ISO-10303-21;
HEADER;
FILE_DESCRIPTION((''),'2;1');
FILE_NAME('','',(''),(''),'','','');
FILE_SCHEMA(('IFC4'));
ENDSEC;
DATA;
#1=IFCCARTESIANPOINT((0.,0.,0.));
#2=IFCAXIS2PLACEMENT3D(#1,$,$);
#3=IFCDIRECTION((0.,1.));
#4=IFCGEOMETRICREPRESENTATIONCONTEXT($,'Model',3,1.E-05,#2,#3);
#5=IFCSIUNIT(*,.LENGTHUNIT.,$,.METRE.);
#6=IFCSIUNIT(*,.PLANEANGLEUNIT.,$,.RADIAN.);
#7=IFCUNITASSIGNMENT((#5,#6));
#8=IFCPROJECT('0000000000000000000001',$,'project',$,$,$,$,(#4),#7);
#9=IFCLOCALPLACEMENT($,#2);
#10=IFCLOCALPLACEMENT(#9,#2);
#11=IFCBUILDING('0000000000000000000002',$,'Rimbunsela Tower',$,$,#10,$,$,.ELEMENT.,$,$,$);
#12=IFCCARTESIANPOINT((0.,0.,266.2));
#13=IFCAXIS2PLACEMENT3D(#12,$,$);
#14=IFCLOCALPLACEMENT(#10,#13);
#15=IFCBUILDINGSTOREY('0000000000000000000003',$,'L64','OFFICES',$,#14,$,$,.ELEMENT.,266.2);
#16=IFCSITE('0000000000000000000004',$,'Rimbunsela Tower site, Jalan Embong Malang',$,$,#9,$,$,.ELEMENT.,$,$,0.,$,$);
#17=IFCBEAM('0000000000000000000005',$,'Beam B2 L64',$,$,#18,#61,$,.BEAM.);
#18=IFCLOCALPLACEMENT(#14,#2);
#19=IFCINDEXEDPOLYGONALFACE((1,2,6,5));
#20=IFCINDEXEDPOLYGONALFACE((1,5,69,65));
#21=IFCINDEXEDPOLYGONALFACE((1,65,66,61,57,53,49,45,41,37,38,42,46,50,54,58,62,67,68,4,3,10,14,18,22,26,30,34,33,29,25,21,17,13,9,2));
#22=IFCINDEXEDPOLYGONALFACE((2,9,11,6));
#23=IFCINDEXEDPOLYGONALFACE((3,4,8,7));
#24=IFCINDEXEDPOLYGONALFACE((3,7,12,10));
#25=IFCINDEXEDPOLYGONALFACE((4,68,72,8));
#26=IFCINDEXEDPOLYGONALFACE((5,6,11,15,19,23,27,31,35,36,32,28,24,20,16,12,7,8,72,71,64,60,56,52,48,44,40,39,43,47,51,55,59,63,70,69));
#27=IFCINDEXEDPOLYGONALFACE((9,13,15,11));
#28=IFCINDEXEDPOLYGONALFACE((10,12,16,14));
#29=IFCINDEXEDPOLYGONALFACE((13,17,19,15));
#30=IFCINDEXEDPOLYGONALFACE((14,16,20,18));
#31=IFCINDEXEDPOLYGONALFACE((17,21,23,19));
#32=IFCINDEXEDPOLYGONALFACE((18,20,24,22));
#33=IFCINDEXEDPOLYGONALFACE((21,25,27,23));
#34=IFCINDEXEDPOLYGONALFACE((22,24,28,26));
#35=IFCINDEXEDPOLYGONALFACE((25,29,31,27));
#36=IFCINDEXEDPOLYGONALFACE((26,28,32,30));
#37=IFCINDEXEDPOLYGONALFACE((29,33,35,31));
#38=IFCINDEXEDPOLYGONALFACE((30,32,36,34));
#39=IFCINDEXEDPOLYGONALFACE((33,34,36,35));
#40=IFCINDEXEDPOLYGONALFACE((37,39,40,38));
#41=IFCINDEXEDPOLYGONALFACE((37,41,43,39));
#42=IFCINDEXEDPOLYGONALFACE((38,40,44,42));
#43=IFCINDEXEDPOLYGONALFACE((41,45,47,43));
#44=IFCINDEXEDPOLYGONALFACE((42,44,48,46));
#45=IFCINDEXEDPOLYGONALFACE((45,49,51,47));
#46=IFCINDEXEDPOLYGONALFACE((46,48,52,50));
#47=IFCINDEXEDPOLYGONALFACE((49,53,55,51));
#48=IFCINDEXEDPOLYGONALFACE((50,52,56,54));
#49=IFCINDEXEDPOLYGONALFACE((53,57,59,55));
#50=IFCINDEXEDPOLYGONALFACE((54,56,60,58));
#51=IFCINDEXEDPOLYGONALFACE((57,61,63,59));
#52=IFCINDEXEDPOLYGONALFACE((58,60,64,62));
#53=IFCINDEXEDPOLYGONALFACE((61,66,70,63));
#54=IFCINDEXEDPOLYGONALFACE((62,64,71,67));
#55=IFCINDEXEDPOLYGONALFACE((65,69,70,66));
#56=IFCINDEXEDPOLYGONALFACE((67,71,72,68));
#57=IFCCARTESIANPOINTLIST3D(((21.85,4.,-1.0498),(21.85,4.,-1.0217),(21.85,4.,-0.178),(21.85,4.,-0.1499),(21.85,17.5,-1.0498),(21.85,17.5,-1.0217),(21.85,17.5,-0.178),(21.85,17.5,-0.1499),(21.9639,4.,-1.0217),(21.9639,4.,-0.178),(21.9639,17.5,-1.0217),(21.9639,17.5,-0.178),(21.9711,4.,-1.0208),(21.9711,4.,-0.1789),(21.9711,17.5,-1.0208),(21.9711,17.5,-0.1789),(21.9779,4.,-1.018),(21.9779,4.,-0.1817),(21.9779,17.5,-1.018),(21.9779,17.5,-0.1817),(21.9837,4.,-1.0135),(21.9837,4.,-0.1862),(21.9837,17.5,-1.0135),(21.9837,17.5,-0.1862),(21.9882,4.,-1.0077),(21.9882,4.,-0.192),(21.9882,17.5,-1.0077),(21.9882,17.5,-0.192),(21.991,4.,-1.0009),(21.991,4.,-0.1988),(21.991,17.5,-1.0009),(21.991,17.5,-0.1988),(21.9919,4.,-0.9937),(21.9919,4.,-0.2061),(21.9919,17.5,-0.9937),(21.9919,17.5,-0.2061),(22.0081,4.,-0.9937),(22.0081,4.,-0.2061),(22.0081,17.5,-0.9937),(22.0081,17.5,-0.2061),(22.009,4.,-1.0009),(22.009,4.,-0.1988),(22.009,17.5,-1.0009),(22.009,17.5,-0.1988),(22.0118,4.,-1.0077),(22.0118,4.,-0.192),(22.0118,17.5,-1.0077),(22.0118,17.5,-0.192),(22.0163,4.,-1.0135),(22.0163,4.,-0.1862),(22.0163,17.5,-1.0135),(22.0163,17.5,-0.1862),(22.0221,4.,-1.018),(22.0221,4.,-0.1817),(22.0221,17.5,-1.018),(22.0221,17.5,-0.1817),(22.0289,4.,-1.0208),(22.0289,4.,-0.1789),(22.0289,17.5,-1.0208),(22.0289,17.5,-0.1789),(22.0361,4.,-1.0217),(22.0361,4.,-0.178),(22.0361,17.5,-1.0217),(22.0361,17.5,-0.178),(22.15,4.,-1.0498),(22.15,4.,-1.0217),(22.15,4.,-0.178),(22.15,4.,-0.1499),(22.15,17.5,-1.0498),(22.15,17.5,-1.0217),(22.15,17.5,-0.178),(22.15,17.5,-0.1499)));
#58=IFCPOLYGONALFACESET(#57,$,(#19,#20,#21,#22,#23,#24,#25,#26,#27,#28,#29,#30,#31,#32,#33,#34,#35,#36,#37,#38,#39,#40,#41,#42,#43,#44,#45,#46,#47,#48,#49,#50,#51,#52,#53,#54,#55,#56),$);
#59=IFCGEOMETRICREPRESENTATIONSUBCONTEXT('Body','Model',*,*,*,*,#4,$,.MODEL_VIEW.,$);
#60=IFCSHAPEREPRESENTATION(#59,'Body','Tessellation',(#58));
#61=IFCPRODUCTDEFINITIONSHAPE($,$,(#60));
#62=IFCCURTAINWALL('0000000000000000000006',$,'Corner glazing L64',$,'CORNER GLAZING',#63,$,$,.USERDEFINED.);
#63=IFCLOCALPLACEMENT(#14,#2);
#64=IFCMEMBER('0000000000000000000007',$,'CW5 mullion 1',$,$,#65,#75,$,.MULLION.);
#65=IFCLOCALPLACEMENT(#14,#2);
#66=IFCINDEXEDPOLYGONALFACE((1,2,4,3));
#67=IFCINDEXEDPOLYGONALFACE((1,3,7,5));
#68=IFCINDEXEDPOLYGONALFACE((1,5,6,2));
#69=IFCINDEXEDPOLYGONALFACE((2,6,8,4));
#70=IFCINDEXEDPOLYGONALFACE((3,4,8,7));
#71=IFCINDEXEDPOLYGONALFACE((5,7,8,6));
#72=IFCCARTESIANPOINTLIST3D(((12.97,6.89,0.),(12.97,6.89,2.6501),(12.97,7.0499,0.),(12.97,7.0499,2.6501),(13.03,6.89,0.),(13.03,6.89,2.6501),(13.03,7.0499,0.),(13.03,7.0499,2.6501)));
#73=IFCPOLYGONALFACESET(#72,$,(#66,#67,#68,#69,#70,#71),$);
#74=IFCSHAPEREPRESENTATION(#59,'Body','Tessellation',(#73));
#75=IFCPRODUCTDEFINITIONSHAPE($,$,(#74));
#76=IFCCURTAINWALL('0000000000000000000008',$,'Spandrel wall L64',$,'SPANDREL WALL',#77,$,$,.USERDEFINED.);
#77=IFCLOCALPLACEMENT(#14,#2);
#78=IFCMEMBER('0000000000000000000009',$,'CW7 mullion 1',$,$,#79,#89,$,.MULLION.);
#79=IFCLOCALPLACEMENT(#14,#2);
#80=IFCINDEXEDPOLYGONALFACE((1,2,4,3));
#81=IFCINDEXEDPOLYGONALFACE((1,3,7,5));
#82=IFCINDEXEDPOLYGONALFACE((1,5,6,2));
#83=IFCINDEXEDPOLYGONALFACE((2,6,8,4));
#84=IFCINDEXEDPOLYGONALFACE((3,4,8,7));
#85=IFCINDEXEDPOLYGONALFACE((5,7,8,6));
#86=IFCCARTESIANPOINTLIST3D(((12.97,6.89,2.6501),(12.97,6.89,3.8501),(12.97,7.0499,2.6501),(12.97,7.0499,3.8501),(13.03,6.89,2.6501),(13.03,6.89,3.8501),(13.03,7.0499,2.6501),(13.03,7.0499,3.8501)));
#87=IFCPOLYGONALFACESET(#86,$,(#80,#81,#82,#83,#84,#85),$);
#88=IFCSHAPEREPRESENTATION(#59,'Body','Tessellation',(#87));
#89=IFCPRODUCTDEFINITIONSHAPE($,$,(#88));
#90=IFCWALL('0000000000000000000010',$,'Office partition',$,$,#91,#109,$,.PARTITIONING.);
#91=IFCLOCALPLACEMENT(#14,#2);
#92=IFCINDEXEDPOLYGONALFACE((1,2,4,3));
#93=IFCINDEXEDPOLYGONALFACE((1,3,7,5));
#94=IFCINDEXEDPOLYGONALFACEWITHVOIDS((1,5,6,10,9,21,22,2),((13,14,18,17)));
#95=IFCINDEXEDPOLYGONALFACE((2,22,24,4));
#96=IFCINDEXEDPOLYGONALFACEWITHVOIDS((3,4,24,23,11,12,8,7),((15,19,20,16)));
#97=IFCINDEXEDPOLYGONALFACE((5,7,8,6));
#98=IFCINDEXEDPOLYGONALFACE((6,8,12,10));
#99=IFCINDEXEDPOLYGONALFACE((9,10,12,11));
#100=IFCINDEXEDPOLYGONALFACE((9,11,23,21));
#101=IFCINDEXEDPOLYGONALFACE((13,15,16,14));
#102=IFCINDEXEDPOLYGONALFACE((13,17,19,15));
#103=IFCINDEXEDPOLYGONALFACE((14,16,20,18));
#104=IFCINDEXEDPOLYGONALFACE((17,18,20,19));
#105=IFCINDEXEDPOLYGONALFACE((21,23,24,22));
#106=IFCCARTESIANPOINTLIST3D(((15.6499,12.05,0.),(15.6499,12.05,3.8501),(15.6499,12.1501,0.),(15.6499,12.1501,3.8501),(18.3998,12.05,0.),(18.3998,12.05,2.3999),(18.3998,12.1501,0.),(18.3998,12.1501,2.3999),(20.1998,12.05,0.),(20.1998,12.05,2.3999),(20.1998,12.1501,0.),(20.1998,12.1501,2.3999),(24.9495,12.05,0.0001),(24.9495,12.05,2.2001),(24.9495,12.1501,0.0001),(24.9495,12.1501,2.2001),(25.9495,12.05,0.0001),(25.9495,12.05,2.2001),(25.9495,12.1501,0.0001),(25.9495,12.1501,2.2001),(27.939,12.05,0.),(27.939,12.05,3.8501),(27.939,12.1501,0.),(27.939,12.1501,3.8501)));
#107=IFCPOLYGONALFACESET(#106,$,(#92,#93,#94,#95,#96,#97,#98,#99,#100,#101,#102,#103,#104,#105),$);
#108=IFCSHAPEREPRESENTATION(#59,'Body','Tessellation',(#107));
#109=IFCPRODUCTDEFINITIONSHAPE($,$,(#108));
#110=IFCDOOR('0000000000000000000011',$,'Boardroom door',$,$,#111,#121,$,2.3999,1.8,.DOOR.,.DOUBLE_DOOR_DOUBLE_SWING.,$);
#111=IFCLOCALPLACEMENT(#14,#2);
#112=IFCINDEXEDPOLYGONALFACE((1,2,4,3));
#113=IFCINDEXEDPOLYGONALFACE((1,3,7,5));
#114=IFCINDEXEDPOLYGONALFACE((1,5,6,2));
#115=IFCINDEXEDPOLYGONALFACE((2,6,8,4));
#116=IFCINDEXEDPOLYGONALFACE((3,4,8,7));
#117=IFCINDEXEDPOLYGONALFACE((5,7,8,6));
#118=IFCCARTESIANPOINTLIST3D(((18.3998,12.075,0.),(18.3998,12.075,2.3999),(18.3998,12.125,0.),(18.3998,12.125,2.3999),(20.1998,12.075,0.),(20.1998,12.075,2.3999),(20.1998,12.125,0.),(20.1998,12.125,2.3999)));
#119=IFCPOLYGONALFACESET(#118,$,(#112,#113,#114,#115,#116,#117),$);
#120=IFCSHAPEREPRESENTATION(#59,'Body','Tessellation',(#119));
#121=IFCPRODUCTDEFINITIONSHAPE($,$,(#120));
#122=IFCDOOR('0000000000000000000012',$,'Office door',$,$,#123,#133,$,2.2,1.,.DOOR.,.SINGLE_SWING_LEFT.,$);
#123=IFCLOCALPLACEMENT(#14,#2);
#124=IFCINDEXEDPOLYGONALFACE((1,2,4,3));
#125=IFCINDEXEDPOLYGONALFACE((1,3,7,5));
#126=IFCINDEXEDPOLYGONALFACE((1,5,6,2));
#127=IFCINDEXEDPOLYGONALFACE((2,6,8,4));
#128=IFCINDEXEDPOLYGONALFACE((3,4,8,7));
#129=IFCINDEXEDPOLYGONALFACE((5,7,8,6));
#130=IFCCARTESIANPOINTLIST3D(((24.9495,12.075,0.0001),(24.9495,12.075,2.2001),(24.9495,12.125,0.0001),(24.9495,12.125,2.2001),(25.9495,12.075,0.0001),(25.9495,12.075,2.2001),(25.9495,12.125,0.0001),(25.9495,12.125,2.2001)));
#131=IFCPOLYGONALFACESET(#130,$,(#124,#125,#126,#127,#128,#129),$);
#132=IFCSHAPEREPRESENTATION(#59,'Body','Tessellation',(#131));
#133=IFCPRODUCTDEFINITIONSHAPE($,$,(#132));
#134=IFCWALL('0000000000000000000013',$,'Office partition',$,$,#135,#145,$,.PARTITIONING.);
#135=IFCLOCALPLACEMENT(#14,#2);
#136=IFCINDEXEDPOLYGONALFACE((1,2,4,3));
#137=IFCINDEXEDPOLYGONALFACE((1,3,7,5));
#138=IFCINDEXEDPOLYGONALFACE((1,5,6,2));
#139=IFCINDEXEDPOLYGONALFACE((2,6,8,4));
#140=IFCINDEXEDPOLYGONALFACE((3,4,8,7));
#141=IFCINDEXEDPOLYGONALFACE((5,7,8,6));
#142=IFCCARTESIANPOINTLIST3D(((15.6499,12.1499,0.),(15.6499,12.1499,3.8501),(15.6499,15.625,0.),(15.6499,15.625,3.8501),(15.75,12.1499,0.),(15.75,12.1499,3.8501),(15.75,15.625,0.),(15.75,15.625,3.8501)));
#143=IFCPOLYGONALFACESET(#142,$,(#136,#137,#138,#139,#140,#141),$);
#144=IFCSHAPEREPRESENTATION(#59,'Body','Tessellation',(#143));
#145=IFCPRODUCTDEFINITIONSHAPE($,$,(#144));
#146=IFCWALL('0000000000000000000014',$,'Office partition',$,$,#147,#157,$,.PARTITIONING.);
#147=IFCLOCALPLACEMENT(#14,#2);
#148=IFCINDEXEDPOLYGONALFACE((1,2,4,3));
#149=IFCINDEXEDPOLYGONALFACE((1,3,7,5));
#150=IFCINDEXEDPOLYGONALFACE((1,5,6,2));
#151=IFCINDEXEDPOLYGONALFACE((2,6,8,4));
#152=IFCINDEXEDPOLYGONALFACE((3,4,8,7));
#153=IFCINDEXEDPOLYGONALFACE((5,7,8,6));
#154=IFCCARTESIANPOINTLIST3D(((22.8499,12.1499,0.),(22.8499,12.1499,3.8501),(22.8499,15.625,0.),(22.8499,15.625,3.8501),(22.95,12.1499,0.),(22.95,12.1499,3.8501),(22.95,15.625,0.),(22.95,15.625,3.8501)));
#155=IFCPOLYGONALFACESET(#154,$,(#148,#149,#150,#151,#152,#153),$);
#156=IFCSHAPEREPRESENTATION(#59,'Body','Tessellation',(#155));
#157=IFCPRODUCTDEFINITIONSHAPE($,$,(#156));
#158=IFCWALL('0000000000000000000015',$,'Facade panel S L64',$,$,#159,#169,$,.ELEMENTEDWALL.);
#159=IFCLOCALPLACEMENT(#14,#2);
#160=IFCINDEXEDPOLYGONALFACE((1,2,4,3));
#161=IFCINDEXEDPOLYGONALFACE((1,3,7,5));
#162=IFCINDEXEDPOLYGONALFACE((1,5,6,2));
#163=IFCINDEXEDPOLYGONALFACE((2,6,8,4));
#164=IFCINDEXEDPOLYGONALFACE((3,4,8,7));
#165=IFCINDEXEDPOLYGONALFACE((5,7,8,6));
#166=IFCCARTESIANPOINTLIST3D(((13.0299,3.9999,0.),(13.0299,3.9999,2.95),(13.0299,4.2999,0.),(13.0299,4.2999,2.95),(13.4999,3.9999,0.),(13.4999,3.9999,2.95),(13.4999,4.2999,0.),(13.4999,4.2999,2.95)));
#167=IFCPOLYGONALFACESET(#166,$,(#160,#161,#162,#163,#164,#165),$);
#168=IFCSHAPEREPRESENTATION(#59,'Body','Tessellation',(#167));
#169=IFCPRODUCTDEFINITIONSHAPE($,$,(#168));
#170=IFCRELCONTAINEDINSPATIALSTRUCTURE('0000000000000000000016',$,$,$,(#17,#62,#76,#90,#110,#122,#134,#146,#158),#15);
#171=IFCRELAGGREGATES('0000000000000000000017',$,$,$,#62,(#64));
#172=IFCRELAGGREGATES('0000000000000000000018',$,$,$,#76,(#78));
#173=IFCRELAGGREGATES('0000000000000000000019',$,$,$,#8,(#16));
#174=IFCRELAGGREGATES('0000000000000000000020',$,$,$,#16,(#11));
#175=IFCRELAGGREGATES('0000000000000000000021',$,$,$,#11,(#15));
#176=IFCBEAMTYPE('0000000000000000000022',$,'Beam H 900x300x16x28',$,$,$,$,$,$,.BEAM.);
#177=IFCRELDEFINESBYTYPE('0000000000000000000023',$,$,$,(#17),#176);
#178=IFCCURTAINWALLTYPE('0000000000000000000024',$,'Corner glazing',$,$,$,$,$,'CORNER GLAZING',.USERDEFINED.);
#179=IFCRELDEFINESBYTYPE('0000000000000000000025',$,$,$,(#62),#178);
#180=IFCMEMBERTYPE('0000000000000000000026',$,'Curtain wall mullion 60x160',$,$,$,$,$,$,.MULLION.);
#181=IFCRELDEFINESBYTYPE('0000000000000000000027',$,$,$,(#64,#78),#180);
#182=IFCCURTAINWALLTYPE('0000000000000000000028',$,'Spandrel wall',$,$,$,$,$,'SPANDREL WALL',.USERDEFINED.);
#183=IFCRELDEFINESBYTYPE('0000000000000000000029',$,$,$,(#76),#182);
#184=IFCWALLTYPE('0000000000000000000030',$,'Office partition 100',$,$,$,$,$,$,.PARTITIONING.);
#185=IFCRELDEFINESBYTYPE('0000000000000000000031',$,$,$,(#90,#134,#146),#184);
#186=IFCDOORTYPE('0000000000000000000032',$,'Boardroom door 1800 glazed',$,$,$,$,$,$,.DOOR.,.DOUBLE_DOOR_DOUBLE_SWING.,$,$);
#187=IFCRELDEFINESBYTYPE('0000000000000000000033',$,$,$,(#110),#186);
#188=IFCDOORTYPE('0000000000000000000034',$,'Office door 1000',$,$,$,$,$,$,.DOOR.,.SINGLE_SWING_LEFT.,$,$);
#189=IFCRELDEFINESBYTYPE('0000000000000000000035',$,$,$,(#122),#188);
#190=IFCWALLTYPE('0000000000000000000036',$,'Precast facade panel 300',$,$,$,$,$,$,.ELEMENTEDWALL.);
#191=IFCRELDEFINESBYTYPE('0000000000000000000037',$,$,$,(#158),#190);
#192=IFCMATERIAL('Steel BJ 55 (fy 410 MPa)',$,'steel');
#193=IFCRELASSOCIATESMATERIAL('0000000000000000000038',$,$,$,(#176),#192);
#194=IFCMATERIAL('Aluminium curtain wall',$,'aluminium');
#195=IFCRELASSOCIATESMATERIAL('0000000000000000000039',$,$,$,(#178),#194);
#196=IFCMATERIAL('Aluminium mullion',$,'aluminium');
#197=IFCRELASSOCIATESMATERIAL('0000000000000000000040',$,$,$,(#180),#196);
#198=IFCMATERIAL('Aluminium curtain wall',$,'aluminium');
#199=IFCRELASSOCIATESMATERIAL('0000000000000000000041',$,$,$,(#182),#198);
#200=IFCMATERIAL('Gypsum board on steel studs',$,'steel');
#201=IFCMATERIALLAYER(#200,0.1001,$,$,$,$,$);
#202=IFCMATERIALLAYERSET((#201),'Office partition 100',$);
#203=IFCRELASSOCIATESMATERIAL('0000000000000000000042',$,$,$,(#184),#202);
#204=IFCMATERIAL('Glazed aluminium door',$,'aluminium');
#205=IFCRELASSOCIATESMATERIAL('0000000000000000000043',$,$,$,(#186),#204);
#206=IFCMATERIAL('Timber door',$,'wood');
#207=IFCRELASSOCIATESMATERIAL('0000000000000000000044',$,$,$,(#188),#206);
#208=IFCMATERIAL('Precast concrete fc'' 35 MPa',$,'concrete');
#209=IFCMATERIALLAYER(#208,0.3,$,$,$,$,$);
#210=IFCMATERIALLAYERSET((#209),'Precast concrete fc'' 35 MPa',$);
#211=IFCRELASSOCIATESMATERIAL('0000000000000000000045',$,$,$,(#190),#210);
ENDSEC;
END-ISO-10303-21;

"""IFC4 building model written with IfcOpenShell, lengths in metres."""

from ifc_helpers import new_model, si_unit, direction, frame, frame_2d, origin, origin_2d, place, context, subcontext, project, spatial, rectangle, i_section, extrude, material, layer, layer_set, material_profile, profile_set, type_object, element, fill, aggregate, save


model = new_model("IFC4")

# Units and contexts
model_context = context("Model", 3, precision=1e-05, world=origin(), true_north=direction((0.0, 1.0)))
body_context = subcontext(model_context, "Body", "Model", "MODEL_VIEW")
ifc_project = project(units=[si_unit("LENGTHUNIT", "METRE"), si_unit("PLANEANGLEUNIT", "RADIAN")], contexts=[model_context])

# Site, building, storey
site_placement = place(None, origin())
site = spatial("IfcSite", under=ifc_project, at=site_placement, Name="Rimbunsela Tower site, Jalan Embong Malang", CompositionType="ELEMENT", RefElevation=0.0)
building_placement = place(site_placement, origin())
building = spatial("IfcBuilding", under=site, at=building_placement, Name="Rimbunsela Tower", CompositionType="ELEMENT")
storey_placement = place(building_placement, frame((0.0, 0.0, 266.2)))
storey = spatial("IfcBuildingStorey", under=building, at=storey_placement, Name="L64", Description="OFFICES", CompositionType="ELEMENT", Elevation=266.2)

# Beam
ifc_material_1 = material(Name="Steel BJ 55 (fy 410 MPa)", Category="steel")
ifc_material_profile_1 = material_profile(ifc_material_1, i_section(OverallWidth=0.3, OverallDepth=0.8999, WebThickness=0.0161, FlangeThickness=0.0281, FilletRadius=0.0281, at=origin_2d()), Name="H 900x300x16x28")
ifc_profile_set_1 = profile_set([ifc_material_profile_1], Name="Steel BJ 55 (fy 410 MPa)")
beam_type_1 = type_object("IfcBeamType", Name="Beam H 900x300x16x28", PredefinedType="BEAM", material=ifc_profile_set_1)
for number, where, z_axis, x_axis, name in (
    (1, (22.0, 4.0, -0.5999), (0.0, 1.0, 0.0), (-1.0, 0.0, 0.0), "Beam B2 L64"),
):
    element("IfcBeam", number, at=place(storey_placement, frame(where, z_axis=z_axis, x_axis=x_axis)), inside=storey, type_object=beam_type_1, Name=name, PredefinedType="BEAM", context=body_context, shape_type="SweptSolid", body=[
        extrude(i_section(OverallWidth=0.3, OverallDepth=0.8999, WebThickness=0.0161, FlangeThickness=0.0281, FilletRadius=0.0281, at=origin_2d()), origin(), (0.0, 0.0, 1.0), 13.5),
    ])

# Curtain walls, members
ifc_material_2 = material(Name="Aluminium curtain wall", Category="aluminium")
curtain_wall_type_1 = type_object("IfcCurtainWallType", Name="Corner glazing", ElementType="CORNER GLAZING", PredefinedType="USERDEFINED", material=ifc_material_2)
curtain_wall_1_placement = place(storey_placement, origin())
curtain_wall_1 = element("IfcCurtainWall", 2, at=curtain_wall_1_placement, inside=storey, type_object=curtain_wall_type_1, Name="Corner glazing L64", ObjectType="CORNER GLAZING", PredefinedType="USERDEFINED")
ifc_material_3 = material(Name="Aluminium mullion", Category="aluminium")
ifc_material_profile_2 = material_profile(ifc_material_3, rectangle(XDim=0.0601, YDim=0.1599, at=origin_2d()), Name="Mullion 60x160")
ifc_profile_set_2 = profile_set([ifc_material_profile_2], Name="Aluminium mullion")
member_type = type_object("IfcMemberType", Name="Curtain wall mullion 60x160", PredefinedType="MULLION", material=ifc_profile_set_2)
member_1_placement = place(storey_placement, frame((13.0, 6.97, 0.0), z_axis=(0.0, 0.0, 1.0), x_axis=(1.0, 0.0, 0.0)))
member_1 = element("IfcMember", 3, at=member_1_placement, type_object=member_type, Name="CW5 mullion 1", PredefinedType="MULLION", context=body_context, shape_type="SweptSolid", body=[
    extrude(rectangle(XDim=0.0601, YDim=0.1599, at=origin_2d()), origin(), (0.0, 0.0, 1.0), 2.6501),
])
aggregate(curtain_wall_1, [member_1])
ifc_material_4 = material(Name="Aluminium curtain wall", Category="aluminium")
curtain_wall_type_2 = type_object("IfcCurtainWallType", Name="Spandrel wall", ElementType="SPANDREL WALL", PredefinedType="USERDEFINED", material=ifc_material_4)
curtain_wall_2_placement = place(storey_placement, origin())
curtain_wall_2 = element("IfcCurtainWall", 4, at=curtain_wall_2_placement, inside=storey, type_object=curtain_wall_type_2, Name="Spandrel wall L64", ObjectType="SPANDREL WALL", PredefinedType="USERDEFINED")
member_2_placement = place(storey_placement, frame((13.0, 6.97, 2.6501), z_axis=(0.0, 0.0, 1.0), x_axis=(1.0, 0.0, 0.0)))
member_2 = element("IfcMember", 5, at=member_2_placement, type_object=member_type, Name="CW7 mullion 1", PredefinedType="MULLION", context=body_context, shape_type="SweptSolid", body=[
    extrude(rectangle(XDim=0.0601, YDim=0.1599, at=origin_2d()), origin(), (0.0, 0.0, 1.0), 1.2),
])
aggregate(curtain_wall_2, [member_2])

# Wall, openings, doors
ifc_material_5 = material(Name="Gypsum board on steel studs", Category="steel")
ifc_layer_1 = layer(ifc_material_5, 0.1001)
ifc_layer_set_1 = layer_set([ifc_layer_1], Name="Office partition 100")
wall_type_1 = type_object("IfcWallType", Name="Office partition 100", PredefinedType="PARTITIONING", material=ifc_layer_set_1)
wall_1_placement = place(storey_placement, frame((15.6499, 12.1001, 0.0), z_axis=(0.0, 0.0, 1.0), x_axis=(1.0, 0.0, 0.0)))
wall_1 = element("IfcWall", 6, at=wall_1_placement, inside=storey, type_object=wall_type_1, Name="Office partition", PredefinedType="PARTITIONING", context=body_context, shape_type="SweptSolid", body=[
    extrude(rectangle(XDim=12.2891, YDim=0.1001, at=frame_2d((6.1445, 0.0))), origin(), (0.0, 0.0, 1.0), 3.8501),
])
opening_1_placement = place(wall_1_placement, frame((2.75, 0.0, 0.0)))
opening_1 = element("IfcOpeningElement", 7, at=opening_1_placement, cuts=wall_1, PredefinedType="OPENING", context=body_context, shape_type="SweptSolid", body=[
    extrude(rectangle(XDim=1.8, YDim=2.3999, at=frame_2d((0.8999, 1.2))), frame((0.0, 0.0601, 0.0), z_axis=(0.0, -1.0, 0.0), x_axis=(1.0, 0.0, 0.0)), (0.0, 0.0, 1.0), 0.1201),
])
opening_2_placement = place(wall_1_placement, frame((9.2996, 0.0, 0.0)))
opening_2 = element("IfcOpeningElement", 8, at=opening_2_placement, cuts=wall_1, PredefinedType="OPENING", context=body_context, shape_type="SweptSolid", body=[
    extrude(rectangle(XDim=1.0, YDim=2.2, at=frame_2d((0.5, 1.1001))), frame((0.0, 0.0601, 0.0), z_axis=(0.0, -1.0, 0.0), x_axis=(1.0, 0.0, 0.0)), (0.0, 0.0, 1.0), 0.1201),
])
ifc_material_6 = material(Name="Glazed aluminium door", Category="aluminium")
door_type_1 = type_object("IfcDoorType", Name="Boardroom door 1800 glazed", OperationType="DOUBLE_DOOR_DOUBLE_SWING", PredefinedType="DOOR", material=ifc_material_6)
door_1_placement = place(opening_1_placement, origin())
door_1 = element("IfcDoor", 9, at=door_1_placement, inside=storey, type_object=door_type_1, Name="Boardroom door", OperationType="DOUBLE_DOOR_DOUBLE_SWING", OverallHeight=2.3999, OverallWidth=1.8, PredefinedType="DOOR", context=body_context, shape_type="SweptSolid", body=[
    extrude(rectangle(XDim=1.8, YDim=2.3999, at=frame_2d((0.8999, 1.2))), frame((0.0, 0.0249, 0.0), z_axis=(0.0, -1.0, 0.0), x_axis=(1.0, 0.0, 0.0)), (0.0, 0.0, 1.0), 0.05),
])
fill(opening_1, door_1)
ifc_material_7 = material(Name="Timber door", Category="wood")
door_type_2 = type_object("IfcDoorType", Name="Office door 1000", OperationType="SINGLE_SWING_LEFT", PredefinedType="DOOR", material=ifc_material_7)
door_2_placement = place(opening_2_placement, origin())
door_2 = element("IfcDoor", 10, at=door_2_placement, inside=storey, type_object=door_type_2, Name="Office door", OperationType="SINGLE_SWING_LEFT", OverallHeight=2.2, OverallWidth=1.0, PredefinedType="DOOR", context=body_context, shape_type="SweptSolid", body=[
    extrude(rectangle(XDim=1.0, YDim=2.2, at=frame_2d((0.5, 1.1001))), frame((0.0, 0.0249, 0.0), z_axis=(0.0, -1.0, 0.0), x_axis=(1.0, 0.0, 0.0)), (0.0, 0.0, 1.0), 0.05),
])
fill(opening_2, door_2)

# Walls
for number, where, z_axis, x_axis, name in (
    (11, (15.7, 12.1499, 0.0), (0.0, 0.0, 1.0), (0.0, 1.0, 0.0), "Office partition"),
    (12, (22.8999, 12.1499, 0.0), (0.0, 0.0, 1.0), (0.0, 1.0, 0.0), "Office partition"),
):
    element("IfcWall", number, at=place(storey_placement, frame(where, z_axis=z_axis, x_axis=x_axis)), inside=storey, type_object=wall_type_1, Name=name, PredefinedType="PARTITIONING", context=body_context, shape_type="SweptSolid", body=[
        extrude(rectangle(XDim=3.4751, YDim=0.1001, at=frame_2d((1.7375, 0.0))), origin(), (0.0, 0.0, 1.0), 3.8501),
    ])
ifc_material_8 = material(Name="Precast concrete fc' 35 MPa", Category="concrete")
ifc_layer_2 = layer(ifc_material_8, 0.3)
ifc_layer_set_2 = layer_set([ifc_layer_2], Name="Precast concrete fc' 35 MPa")
wall_type_2 = type_object("IfcWallType", Name="Precast facade panel 300", PredefinedType="ELEMENTEDWALL", material=ifc_layer_set_2)
wall_2_placement = place(storey_placement, frame((13.03, 4.1499, 0.0), z_axis=(0.0, 0.0, 1.0), x_axis=(1.0, 0.0, 0.0)))
element("IfcWall", 13, at=wall_2_placement, inside=storey, type_object=wall_type_2, Name="Facade panel S L64", PredefinedType="ELEMENTEDWALL", context=body_context, shape_type="SweptSolid", body=[
    extrude(rectangle(XDim=0.47, YDim=0.3, at=frame_2d((0.2349, 0.0))), origin(), (0.0, 0.0, 1.0), 2.95),
])

save(model, "model.ifc")
